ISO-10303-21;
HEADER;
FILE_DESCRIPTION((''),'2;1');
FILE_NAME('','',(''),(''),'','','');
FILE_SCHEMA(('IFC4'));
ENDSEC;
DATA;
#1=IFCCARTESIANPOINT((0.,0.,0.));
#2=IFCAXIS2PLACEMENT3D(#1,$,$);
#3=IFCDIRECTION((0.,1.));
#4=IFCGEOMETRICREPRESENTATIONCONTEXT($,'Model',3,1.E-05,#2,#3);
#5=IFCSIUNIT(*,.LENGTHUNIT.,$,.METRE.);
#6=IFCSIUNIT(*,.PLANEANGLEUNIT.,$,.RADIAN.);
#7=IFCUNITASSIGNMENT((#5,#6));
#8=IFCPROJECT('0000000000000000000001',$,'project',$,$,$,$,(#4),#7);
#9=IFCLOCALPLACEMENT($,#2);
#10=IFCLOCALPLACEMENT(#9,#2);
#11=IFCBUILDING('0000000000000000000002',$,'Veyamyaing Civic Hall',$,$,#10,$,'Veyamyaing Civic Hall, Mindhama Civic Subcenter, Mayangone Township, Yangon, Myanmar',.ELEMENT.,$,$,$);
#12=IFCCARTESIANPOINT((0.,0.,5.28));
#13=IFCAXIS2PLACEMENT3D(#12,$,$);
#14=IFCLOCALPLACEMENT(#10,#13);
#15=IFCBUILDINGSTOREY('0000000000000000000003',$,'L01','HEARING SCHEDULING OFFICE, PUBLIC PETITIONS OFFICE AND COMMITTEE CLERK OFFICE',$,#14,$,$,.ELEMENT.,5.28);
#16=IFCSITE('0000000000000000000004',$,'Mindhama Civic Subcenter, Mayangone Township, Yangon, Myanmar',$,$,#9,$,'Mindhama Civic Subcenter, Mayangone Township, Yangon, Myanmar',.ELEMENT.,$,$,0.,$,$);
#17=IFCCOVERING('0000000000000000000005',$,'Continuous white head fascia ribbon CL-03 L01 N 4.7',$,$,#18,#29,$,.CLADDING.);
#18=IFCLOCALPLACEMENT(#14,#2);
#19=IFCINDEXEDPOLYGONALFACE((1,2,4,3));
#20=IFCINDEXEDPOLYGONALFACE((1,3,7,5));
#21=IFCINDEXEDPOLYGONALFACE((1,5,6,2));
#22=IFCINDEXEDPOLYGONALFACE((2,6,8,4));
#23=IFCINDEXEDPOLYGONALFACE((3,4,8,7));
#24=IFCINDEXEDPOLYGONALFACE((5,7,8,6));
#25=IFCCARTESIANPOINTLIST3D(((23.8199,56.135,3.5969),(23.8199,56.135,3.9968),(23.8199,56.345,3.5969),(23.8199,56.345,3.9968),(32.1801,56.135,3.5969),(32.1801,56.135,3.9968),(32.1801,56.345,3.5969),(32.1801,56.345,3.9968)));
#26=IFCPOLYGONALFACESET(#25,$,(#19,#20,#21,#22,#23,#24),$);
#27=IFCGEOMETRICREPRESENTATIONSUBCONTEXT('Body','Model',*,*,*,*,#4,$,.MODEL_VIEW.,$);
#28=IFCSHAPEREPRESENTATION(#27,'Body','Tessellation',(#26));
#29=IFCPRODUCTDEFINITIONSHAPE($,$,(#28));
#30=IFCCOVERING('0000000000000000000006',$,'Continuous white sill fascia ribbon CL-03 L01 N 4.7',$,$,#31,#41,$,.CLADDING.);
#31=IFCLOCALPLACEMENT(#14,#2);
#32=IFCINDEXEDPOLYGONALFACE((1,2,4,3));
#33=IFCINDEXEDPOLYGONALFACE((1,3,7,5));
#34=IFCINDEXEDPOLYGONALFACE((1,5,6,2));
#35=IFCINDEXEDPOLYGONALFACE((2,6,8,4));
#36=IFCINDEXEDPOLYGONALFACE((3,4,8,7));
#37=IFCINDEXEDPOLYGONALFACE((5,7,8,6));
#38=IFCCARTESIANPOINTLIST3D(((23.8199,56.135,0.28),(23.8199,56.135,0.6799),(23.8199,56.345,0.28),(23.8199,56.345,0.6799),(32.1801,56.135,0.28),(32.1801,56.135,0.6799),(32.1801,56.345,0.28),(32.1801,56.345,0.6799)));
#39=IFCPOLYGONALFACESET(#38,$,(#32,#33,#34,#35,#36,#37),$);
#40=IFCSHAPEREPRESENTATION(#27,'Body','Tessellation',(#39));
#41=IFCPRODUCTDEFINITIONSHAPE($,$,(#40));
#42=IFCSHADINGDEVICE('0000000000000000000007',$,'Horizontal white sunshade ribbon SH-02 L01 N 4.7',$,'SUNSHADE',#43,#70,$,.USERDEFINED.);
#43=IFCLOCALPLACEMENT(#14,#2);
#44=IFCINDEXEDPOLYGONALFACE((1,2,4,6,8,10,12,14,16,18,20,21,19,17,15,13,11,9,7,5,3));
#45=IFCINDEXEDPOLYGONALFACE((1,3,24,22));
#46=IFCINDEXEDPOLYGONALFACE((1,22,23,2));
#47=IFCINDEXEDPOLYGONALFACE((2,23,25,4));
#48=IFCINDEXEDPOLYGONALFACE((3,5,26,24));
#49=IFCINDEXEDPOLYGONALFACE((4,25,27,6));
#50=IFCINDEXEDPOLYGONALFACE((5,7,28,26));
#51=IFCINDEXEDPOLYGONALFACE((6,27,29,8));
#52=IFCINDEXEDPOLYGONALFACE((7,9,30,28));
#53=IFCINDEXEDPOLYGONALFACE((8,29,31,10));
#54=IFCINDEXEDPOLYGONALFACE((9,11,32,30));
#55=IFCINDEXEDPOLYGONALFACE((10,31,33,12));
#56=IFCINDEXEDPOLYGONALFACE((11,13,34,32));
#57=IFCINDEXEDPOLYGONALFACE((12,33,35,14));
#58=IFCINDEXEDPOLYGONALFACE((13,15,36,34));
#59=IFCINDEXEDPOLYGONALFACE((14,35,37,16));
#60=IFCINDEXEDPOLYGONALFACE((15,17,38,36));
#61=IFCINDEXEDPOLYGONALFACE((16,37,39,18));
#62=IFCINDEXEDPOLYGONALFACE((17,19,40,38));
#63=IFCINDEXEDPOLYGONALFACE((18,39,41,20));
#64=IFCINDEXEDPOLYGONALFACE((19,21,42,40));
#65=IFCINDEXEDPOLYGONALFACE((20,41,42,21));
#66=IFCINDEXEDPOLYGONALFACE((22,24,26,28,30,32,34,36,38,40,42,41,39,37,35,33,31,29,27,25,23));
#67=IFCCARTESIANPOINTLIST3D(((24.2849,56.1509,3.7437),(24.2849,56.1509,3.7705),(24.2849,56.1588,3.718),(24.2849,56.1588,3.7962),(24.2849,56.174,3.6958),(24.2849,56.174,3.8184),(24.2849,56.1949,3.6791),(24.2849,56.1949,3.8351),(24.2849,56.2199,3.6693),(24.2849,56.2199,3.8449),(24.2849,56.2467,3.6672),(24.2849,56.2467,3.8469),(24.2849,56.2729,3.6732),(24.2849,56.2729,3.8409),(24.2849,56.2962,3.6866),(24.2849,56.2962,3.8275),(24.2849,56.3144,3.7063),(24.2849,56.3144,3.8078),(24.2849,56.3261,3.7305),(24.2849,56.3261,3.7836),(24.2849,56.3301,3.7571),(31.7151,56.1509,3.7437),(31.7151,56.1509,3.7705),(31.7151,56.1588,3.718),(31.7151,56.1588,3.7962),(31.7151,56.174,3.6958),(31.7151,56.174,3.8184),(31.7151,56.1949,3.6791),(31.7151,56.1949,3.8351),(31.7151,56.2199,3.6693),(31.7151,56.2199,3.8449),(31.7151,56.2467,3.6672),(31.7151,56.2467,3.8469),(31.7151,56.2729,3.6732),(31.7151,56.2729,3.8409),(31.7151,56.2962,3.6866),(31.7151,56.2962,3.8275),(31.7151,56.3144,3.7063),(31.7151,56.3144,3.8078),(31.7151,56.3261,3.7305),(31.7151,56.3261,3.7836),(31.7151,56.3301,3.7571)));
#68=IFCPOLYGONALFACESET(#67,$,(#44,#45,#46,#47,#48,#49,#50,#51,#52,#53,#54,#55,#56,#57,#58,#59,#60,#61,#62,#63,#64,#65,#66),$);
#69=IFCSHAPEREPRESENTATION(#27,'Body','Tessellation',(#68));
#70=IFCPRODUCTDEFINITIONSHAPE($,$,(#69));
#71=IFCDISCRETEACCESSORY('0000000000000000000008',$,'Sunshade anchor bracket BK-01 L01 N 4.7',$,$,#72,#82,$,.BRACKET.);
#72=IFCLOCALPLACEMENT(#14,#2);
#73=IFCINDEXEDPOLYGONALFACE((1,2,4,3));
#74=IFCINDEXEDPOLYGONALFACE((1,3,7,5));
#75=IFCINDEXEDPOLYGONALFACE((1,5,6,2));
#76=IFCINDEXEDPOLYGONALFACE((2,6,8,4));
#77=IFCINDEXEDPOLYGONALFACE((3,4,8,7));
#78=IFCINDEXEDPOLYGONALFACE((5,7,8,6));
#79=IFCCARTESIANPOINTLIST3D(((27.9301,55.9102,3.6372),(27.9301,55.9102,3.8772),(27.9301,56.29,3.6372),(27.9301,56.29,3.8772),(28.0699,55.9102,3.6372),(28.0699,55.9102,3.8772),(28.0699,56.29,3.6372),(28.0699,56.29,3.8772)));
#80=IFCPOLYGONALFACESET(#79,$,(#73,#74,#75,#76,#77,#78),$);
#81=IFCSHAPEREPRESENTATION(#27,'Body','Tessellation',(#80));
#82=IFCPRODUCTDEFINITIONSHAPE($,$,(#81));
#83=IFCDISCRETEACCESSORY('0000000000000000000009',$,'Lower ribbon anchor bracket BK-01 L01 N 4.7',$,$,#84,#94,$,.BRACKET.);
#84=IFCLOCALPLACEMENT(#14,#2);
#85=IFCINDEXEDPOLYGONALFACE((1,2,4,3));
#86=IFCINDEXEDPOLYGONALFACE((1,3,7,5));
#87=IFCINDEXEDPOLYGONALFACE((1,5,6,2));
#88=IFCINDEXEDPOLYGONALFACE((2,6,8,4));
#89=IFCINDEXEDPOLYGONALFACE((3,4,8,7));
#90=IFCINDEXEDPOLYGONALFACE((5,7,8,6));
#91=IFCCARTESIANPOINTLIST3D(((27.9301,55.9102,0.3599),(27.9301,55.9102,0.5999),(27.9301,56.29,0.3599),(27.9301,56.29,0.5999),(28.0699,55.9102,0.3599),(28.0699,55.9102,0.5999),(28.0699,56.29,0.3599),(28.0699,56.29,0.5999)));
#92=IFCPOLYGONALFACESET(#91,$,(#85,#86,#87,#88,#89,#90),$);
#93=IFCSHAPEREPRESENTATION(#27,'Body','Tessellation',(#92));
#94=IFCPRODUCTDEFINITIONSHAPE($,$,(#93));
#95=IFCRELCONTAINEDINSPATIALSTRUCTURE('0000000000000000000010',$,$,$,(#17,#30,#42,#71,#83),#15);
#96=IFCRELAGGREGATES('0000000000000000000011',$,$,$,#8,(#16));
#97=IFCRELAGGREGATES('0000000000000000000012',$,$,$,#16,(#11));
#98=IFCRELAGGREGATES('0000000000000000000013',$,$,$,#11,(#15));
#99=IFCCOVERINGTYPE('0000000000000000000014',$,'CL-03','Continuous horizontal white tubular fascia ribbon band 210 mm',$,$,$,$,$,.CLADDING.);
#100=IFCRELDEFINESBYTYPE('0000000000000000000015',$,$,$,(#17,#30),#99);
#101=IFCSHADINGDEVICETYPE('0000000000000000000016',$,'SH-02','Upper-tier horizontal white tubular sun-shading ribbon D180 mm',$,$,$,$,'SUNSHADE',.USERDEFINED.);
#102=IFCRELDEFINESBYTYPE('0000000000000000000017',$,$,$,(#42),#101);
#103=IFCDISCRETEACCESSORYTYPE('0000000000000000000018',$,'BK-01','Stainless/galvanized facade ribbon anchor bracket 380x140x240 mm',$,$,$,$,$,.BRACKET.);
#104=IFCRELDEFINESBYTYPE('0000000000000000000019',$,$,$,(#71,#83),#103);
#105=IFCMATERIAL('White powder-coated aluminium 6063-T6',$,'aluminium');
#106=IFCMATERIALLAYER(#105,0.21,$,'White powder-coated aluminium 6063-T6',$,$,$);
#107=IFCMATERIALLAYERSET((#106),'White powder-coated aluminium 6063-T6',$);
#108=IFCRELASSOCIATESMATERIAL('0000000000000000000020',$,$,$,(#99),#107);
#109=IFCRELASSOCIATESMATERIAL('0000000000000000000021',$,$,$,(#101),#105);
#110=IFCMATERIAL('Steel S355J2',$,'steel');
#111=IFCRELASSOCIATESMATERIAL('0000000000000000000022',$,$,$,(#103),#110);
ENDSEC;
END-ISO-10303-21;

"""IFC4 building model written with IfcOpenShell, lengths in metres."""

from ifc_helpers import new_model, si_unit, direction, frame, origin, origin_2d, place, context, subcontext, project, spatial, rectangle, circle, extrude, material, layer, layer_set, material_profile, profile_set, type_object, element, save


model = new_model("IFC4")

# Units and contexts
model_context = context("Model", 3, precision=1e-05, world=origin(), true_north=direction((0.0, 1.0)))
body_context = subcontext(model_context, "Body", "Model", "MODEL_VIEW")
ifc_project = project(units=[si_unit("LENGTHUNIT", "METRE"), si_unit("PLANEANGLEUNIT", "RADIAN")], contexts=[model_context])

# Site, building, storey
site_placement = place(None, origin())
site = spatial("IfcSite", under=ifc_project, at=site_placement, Name="Mindhama Civic Subcenter, Mayangone Township, Yangon, Myanmar", LongName="Mindhama Civic Subcenter, Mayangone Township, Yangon, Myanmar", CompositionType="ELEMENT", RefElevation=0.0)
building_placement = place(site_placement, origin())
building = spatial("IfcBuilding", under=site, at=building_placement, Name="Veyamyaing Civic Hall", LongName="Veyamyaing Civic Hall, Mindhama Civic Subcenter, Mayangone Township, Yangon, Myanmar", CompositionType="ELEMENT")
storey_placement = place(building_placement, frame((0.0, 0.0, 5.28)))
storey = spatial("IfcBuildingStorey", under=building, at=storey_placement, Name="L01", Description="HEARING SCHEDULING OFFICE, PUBLIC PETITIONS OFFICE AND COMMITTEE CLERK OFFICE", CompositionType="ELEMENT", Elevation=5.28)

# Coverings
ifc_material_1 = material(Name="White powder-coated aluminium 6063-T6", Category="aluminium")
ifc_layer_1 = layer(ifc_material_1, 0.21, Name="White powder-coated aluminium 6063-T6")
ifc_layer_set_1 = layer_set([ifc_layer_1], Name="White powder-coated aluminium 6063-T6")
covering_type = type_object("IfcCoveringType", Name="CL-03", Description="Continuous horizontal white tubular fascia ribbon band 210 mm", PredefinedType="CLADDING", material=ifc_layer_set_1)
for number, where, z_axis, x_axis, name in (
    (1, (28.0, 56.24, 3.5969), (0.0, 0.0, 1.0), (1.0, 0.0, 0.0), "Continuous white head fascia ribbon CL-03 L01 N 4.7"),
    (2, (28.0, 56.24, 0.28), (0.0, 0.0, 1.0), (1.0, 0.0, 0.0), "Continuous white sill fascia ribbon CL-03 L01 N 4.7"),
):
    element("IfcCovering", number, at=place(storey_placement, frame(where, z_axis=z_axis, x_axis=x_axis)), inside=storey, type_object=covering_type, Name=name, PredefinedType="CLADDING", context=body_context, shape_type="SweptSolid", body=[
        extrude(rectangle(XDim=8.3601, YDim=0.21, at=origin_2d()), origin(), (0.0, 0.0, 1.0), 0.3999),
    ])

# Shading device
ifc_material_profile_1 = material_profile(ifc_material_1, circle(Radius=0.0901, at=origin_2d()), Name="SHADE-TUBE-180")
ifc_profile_set_1 = profile_set([ifc_material_profile_1], Name="White powder-coated aluminium 6063-T6")
shading_device_type = type_object("IfcShadingDeviceType", Name="SH-02", Description="Upper-tier horizontal white tubular sun-shading ribbon D180 mm", ElementType="SUNSHADE", PredefinedType="USERDEFINED", material=ifc_profile_set_1)
shading_device_placement = place(storey_placement, frame((24.2849, 56.24, 3.7571), z_axis=(1.0, 0.0, 0.0), x_axis=(0.0, 1.0, 0.0)))
element("IfcShadingDevice", 3, at=shading_device_placement, inside=storey, type_object=shading_device_type, Name="Horizontal white sunshade ribbon SH-02 L01 N 4.7", ObjectType="SUNSHADE", PredefinedType="USERDEFINED", context=body_context, shape_type="SweptSolid", body=[
    extrude(circle(Radius=0.0901, at=origin_2d()), origin(), (0.0, 0.0, 1.0), 7.4302),
])

# Discrete accessories
ifc_material_2 = material(Name="Steel S355J2", Category="steel")
discrete_accessory_type = type_object("IfcDiscreteAccessoryType", Name="BK-01", Description="Stainless/galvanized facade ribbon anchor bracket 380x140x240 mm", PredefinedType="BRACKET", material=ifc_material_2)
for number, where, z_axis, x_axis, name in (
    (4, (28.0, 56.1001, 3.6372), (0.0, 0.0, 1.0), (0.0, 1.0, 0.0), "Sunshade anchor bracket BK-01 L01 N 4.7"),
    (5, (28.0, 56.1001, 0.3599), (0.0, 0.0, 1.0), (0.0, 1.0, 0.0), "Lower ribbon anchor bracket BK-01 L01 N 4.7"),
):
    element("IfcDiscreteAccessory", number, at=place(storey_placement, frame(where, z_axis=z_axis, x_axis=x_axis)), inside=storey, type_object=discrete_accessory_type, Name=name, PredefinedType="BRACKET", context=body_context, shape_type="SweptSolid", body=[
        extrude(rectangle(XDim=0.3799, YDim=0.1399, at=origin_2d()), origin(), (0.0, 0.0, 1.0), 0.24),
    ])

save(model, "model.ifc")
